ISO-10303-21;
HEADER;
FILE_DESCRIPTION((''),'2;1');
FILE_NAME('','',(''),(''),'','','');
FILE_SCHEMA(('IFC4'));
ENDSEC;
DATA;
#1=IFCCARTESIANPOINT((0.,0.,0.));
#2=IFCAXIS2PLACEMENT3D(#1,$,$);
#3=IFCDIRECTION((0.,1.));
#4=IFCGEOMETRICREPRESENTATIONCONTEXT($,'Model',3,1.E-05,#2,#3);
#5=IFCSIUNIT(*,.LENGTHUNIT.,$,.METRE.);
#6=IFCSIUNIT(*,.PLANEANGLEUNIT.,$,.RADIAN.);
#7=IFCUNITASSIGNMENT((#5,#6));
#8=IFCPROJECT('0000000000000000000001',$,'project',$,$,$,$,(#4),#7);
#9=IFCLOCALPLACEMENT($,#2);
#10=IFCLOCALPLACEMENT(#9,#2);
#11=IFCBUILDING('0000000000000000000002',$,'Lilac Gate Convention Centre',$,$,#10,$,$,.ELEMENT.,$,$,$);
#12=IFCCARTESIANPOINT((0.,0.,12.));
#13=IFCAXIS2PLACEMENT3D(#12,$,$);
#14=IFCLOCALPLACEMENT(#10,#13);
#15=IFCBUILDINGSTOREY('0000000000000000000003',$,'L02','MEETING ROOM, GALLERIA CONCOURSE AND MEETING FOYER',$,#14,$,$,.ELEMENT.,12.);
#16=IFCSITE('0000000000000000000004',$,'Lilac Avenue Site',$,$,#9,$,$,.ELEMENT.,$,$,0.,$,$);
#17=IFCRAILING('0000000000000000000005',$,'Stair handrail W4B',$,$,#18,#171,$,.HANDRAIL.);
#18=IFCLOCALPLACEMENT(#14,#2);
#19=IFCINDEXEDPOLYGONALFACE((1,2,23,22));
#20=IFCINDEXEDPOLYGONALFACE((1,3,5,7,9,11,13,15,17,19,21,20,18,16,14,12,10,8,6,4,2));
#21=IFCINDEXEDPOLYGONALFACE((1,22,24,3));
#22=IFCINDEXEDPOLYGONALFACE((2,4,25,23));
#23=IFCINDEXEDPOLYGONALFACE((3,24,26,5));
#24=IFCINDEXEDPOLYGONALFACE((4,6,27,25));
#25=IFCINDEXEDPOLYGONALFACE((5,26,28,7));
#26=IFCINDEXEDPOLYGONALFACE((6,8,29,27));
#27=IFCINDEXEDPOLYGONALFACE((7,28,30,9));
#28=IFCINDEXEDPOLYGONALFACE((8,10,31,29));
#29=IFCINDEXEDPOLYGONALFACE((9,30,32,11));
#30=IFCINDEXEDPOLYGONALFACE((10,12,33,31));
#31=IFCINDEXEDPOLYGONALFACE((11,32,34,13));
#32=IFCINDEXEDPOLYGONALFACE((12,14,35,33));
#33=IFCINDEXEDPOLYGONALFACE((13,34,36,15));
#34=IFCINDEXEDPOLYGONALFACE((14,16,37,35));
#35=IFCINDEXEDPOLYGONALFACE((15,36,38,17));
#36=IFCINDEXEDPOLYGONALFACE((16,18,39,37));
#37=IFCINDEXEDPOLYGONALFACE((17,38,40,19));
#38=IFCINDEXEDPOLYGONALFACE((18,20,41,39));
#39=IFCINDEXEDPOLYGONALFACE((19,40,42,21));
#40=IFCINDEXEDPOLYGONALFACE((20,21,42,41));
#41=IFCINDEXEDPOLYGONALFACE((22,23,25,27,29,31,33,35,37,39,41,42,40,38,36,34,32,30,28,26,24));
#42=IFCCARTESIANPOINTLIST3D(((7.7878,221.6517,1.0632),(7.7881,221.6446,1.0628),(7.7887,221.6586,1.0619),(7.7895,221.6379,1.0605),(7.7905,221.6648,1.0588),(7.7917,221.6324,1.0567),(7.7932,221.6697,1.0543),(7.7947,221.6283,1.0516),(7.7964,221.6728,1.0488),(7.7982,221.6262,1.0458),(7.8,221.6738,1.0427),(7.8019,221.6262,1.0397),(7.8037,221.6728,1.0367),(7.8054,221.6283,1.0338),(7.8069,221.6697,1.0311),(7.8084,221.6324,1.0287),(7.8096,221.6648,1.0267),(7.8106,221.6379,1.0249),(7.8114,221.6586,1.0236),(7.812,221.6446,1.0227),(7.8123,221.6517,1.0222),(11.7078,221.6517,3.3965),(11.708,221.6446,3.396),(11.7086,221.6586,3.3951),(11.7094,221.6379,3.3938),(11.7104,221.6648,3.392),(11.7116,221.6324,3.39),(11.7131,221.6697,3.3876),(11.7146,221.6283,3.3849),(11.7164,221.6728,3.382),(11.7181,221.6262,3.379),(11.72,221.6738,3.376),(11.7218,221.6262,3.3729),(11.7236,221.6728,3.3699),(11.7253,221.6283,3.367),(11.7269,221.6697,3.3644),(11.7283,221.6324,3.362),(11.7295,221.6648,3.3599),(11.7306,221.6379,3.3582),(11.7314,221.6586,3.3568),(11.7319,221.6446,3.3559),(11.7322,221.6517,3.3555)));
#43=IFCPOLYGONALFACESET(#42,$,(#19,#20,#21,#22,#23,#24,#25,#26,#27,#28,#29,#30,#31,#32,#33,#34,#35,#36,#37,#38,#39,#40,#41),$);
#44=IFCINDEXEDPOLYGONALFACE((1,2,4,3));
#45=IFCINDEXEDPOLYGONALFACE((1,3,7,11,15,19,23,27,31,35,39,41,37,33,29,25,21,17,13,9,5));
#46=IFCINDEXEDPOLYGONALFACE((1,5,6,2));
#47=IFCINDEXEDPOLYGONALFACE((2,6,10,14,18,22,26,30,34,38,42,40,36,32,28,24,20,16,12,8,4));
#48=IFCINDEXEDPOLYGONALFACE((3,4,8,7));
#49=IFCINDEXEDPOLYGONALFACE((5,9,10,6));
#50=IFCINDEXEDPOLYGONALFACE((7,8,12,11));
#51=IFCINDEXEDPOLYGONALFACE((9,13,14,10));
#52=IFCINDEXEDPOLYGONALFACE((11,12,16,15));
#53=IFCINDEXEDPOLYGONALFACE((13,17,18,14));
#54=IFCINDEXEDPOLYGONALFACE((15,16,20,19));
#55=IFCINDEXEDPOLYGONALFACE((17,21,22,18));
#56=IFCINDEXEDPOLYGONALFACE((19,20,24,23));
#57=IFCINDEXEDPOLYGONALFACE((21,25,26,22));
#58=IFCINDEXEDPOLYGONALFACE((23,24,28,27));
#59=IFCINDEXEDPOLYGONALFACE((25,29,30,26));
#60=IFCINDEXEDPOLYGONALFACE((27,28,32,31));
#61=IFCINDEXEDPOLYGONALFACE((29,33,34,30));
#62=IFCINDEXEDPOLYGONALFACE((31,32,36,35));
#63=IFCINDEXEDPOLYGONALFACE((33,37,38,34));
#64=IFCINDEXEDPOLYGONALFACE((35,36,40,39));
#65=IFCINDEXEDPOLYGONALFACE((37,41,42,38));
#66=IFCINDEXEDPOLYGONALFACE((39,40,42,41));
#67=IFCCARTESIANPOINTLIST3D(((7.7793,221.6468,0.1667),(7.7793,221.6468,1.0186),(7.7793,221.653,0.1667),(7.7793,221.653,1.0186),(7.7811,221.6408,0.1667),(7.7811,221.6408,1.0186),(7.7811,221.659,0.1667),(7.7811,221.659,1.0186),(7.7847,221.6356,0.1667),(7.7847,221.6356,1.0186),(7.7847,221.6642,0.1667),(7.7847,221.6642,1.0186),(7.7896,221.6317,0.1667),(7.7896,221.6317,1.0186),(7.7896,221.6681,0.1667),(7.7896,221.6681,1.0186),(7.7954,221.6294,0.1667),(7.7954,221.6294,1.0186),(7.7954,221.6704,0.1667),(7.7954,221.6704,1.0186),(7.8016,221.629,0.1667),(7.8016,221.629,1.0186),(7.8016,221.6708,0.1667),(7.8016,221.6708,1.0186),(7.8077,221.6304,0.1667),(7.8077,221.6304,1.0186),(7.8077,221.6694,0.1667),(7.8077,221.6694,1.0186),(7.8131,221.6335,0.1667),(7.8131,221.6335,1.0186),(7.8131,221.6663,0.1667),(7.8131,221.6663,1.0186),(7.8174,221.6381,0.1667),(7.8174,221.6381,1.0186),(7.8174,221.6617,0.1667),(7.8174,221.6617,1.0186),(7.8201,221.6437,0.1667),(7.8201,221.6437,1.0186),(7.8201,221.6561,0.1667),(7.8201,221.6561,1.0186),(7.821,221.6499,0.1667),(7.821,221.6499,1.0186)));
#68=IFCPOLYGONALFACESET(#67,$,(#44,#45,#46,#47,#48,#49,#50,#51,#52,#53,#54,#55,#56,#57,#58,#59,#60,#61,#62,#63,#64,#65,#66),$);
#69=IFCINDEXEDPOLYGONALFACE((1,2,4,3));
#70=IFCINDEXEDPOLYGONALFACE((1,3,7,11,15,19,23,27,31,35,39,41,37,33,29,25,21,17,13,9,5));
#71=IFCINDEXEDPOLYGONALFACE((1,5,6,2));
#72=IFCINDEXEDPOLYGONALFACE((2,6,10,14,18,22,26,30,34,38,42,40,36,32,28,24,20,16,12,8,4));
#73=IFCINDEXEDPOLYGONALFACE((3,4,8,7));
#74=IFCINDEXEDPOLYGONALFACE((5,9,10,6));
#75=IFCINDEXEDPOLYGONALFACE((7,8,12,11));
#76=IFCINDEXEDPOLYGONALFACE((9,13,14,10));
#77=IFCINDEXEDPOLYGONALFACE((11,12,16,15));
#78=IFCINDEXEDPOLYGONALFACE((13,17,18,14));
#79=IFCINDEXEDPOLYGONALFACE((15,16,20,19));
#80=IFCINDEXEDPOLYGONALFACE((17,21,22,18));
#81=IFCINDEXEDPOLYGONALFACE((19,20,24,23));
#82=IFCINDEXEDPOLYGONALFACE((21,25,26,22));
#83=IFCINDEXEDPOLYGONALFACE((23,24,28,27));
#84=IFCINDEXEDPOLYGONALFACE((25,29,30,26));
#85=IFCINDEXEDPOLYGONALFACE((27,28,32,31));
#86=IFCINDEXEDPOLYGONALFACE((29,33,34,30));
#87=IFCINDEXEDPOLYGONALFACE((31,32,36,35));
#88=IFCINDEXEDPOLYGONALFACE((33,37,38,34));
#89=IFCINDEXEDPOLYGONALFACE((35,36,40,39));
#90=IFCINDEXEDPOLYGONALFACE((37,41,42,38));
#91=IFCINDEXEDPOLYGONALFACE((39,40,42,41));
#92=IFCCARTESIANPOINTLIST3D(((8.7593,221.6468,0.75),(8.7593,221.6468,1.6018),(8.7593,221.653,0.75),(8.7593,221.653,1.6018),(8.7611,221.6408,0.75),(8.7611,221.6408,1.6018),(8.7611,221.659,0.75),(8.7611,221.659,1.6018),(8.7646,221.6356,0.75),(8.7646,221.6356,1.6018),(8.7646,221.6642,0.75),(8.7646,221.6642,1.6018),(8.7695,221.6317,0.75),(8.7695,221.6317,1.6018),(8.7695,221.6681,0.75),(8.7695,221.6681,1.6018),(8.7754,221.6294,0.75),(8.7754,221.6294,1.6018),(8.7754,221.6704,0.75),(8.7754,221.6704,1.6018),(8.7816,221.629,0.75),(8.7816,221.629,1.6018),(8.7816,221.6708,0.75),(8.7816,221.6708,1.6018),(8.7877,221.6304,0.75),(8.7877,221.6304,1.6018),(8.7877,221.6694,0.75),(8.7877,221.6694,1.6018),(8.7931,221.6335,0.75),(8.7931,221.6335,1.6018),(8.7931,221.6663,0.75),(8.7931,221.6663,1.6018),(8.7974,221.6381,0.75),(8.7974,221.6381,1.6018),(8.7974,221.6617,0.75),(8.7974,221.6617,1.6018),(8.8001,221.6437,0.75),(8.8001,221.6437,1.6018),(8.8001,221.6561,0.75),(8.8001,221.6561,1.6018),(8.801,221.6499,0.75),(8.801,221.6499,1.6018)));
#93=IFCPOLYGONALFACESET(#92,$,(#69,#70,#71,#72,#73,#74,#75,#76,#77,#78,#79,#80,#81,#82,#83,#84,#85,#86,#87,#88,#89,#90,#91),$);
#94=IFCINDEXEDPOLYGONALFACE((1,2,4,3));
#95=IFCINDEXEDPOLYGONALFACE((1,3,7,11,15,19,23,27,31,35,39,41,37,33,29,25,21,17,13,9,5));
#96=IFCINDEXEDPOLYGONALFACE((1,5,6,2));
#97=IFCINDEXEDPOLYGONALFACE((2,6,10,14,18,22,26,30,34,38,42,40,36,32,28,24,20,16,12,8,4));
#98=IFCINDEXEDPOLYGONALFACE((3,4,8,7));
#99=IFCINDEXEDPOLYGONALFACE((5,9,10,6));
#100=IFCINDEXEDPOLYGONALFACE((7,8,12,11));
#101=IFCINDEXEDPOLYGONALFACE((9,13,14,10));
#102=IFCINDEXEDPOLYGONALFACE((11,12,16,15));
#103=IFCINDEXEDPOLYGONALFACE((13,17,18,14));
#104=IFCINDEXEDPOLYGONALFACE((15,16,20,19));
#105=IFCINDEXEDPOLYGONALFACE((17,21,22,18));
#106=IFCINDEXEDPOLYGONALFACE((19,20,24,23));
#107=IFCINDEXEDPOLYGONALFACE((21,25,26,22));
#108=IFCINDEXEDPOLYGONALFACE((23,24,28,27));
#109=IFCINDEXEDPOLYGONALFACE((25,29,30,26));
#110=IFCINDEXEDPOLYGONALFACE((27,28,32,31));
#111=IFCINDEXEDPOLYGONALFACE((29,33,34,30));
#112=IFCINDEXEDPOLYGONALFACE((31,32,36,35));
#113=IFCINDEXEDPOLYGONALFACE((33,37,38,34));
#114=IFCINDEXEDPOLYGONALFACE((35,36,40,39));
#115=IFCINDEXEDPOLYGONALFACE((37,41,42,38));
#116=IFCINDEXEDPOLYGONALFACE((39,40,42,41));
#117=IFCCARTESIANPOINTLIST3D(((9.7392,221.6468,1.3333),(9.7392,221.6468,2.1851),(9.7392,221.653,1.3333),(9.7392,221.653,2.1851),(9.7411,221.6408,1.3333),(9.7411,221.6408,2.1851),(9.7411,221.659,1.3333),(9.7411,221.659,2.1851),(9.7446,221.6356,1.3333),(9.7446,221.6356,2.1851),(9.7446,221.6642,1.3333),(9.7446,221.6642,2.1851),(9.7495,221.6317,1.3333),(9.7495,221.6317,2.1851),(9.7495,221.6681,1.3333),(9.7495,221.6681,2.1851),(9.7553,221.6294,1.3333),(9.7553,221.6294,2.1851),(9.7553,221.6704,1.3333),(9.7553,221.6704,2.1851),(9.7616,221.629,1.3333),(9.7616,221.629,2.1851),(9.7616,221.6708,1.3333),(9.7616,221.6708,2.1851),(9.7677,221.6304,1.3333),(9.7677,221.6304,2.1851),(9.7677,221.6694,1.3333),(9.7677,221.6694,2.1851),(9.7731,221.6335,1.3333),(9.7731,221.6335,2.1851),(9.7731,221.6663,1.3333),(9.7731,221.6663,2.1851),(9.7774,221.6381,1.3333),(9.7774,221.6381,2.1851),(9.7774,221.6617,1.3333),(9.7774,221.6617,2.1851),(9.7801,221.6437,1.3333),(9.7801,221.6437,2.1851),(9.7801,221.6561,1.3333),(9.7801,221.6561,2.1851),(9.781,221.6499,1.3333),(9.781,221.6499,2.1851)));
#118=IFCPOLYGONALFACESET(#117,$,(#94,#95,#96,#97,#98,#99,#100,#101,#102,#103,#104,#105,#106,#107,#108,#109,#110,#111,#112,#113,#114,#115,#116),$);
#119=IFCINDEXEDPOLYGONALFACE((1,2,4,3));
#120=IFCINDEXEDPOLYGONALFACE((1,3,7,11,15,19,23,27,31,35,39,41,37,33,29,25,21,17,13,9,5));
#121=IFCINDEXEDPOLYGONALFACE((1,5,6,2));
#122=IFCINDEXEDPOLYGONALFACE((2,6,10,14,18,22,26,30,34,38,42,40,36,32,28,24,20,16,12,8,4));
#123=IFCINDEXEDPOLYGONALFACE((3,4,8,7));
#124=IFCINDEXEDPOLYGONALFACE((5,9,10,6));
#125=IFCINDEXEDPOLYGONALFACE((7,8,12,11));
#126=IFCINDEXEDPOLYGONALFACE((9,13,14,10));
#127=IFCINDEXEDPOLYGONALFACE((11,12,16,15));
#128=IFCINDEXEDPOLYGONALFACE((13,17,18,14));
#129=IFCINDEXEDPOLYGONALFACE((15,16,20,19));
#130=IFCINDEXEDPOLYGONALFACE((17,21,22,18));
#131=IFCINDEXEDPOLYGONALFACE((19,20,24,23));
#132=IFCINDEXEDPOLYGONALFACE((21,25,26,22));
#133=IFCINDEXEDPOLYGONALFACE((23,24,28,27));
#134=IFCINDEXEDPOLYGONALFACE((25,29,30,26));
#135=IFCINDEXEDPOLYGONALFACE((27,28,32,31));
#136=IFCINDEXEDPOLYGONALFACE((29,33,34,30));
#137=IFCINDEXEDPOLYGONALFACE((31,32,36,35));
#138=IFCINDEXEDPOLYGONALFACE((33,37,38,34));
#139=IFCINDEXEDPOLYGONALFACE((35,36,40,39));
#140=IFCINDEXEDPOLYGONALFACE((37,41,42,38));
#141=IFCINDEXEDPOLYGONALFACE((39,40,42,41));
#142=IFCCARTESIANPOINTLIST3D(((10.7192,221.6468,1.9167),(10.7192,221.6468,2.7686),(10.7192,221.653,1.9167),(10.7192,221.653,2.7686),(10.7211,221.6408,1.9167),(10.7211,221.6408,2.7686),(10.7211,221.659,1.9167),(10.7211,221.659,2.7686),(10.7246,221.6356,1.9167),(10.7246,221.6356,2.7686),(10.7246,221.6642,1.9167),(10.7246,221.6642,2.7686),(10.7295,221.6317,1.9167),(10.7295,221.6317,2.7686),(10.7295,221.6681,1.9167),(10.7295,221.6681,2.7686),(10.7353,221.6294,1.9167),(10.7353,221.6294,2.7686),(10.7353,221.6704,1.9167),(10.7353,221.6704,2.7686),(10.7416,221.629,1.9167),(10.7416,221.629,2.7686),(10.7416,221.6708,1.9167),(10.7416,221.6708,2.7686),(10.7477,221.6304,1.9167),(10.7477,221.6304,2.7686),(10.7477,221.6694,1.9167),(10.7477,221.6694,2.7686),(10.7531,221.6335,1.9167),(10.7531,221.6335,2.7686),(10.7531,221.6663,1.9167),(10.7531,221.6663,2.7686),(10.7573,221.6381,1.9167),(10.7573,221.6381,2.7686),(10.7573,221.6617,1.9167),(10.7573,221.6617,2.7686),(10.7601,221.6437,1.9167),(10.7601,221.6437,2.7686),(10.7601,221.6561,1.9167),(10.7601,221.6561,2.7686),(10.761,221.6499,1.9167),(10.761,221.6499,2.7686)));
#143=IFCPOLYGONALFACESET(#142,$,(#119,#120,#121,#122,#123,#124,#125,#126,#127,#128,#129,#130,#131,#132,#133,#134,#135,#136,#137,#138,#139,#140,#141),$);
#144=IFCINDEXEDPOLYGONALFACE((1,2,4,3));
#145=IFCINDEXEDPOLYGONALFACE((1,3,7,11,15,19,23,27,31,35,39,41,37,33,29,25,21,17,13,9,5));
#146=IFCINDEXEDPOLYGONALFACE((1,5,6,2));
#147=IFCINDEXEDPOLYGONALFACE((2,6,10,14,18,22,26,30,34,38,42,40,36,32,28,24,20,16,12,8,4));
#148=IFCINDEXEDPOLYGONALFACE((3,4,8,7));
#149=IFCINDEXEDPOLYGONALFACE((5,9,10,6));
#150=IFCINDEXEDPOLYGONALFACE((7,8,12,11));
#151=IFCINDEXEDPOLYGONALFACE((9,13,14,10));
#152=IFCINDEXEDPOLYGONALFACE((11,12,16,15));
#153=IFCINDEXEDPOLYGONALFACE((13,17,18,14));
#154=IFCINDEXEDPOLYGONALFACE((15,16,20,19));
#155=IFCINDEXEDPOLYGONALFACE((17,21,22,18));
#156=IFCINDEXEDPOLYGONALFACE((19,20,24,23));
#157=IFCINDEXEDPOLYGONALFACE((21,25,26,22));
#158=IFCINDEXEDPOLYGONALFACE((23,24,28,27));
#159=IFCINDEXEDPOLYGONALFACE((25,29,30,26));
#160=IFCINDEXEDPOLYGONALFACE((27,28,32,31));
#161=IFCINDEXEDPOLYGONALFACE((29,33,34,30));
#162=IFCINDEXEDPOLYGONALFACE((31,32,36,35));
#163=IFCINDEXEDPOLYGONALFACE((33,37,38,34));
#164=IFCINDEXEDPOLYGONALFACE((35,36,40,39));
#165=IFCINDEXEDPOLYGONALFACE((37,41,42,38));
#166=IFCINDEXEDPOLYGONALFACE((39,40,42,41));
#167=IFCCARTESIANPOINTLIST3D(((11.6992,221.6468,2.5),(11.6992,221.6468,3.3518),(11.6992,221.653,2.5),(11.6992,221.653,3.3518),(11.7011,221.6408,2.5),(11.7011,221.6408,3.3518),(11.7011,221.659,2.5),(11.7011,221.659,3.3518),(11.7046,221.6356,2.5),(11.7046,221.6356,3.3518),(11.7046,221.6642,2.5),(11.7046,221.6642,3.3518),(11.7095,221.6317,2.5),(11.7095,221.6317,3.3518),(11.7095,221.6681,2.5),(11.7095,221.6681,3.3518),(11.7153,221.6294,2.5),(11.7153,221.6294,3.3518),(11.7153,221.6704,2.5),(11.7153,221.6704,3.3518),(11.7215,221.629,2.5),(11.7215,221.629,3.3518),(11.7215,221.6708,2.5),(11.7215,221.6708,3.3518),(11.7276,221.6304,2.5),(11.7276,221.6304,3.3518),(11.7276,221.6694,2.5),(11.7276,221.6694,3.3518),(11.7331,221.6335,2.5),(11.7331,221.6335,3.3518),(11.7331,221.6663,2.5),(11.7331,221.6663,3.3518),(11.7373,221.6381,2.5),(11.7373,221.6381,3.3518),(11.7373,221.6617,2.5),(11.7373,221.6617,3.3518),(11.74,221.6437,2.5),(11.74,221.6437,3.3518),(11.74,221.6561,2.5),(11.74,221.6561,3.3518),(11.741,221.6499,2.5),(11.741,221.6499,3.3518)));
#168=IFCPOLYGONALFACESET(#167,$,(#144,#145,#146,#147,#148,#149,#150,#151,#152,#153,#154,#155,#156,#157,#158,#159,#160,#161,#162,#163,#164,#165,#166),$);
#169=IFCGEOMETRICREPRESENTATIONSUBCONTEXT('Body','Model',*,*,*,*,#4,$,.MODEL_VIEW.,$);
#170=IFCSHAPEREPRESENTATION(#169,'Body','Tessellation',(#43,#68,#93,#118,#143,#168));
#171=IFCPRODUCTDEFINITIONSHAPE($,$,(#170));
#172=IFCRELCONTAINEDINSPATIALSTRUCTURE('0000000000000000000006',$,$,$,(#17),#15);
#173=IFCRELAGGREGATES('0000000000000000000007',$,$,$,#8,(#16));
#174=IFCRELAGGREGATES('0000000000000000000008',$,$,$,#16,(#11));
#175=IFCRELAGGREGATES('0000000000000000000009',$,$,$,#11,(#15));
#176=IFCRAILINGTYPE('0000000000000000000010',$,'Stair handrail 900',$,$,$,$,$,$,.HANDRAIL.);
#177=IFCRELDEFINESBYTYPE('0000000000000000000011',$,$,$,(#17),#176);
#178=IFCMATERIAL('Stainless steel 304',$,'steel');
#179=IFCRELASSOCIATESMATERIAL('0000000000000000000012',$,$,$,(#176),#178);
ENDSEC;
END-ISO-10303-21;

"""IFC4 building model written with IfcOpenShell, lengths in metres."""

from ifc_helpers import new_model, si_unit, direction, frame, origin, origin_2d, place, context, subcontext, project, spatial, circle, extrude, material, type_object, element, save


model = new_model("IFC4")

# Units and contexts
model_context = context("Model", 3, precision=1e-05, world=origin(), true_north=direction((0.0, 1.0)))
body_context = subcontext(model_context, "Body", "Model", "MODEL_VIEW")
ifc_project = project(units=[si_unit("LENGTHUNIT", "METRE"), si_unit("PLANEANGLEUNIT", "RADIAN")], contexts=[model_context])

# Site, building, storey
site_placement = place(None, origin())
site = spatial("IfcSite", under=ifc_project, at=site_placement, Name="Lilac Avenue Site", CompositionType="ELEMENT", RefElevation=0.0)
building_placement = place(site_placement, origin())
building = spatial("IfcBuilding", under=site, at=building_placement, Name="Lilac Gate Convention Centre", CompositionType="ELEMENT")
storey_placement = place(building_placement, frame((0.0, 0.0, 12.0)))
storey = spatial("IfcBuildingStorey", under=building, at=storey_placement, Name="L02", Description="MEETING ROOM, GALLERIA CONCOURSE AND MEETING FOYER", CompositionType="ELEMENT", Elevation=12.0)

# Railing
ifc_material_1 = material(Name="Stainless steel 304", Category="steel")
railing_type = type_object("IfcRailingType", Name="Stair handrail 900", PredefinedType="HANDRAIL", material=ifc_material_1)
for number, where, name in (
    (1, (7.8, 221.6499, 0.1667), "Stair handrail W4B"),
):
    element("IfcRailing", number, at=place(storey_placement, frame(where)), inside=storey, type_object=railing_type, Name=name, PredefinedType="HANDRAIL", context=body_context, shape_type="SweptSolid", body=[
        extrude(circle(Radius=0.0239, at=origin_2d()), frame((0.0, 0.0, 0.876), z_axis=(0.859296, 0.0, 0.511478), x_axis=(0.0, 1.0, 0.0)), (0.0, 0.0, 1.0), 4.5618),
        extrude(circle(Radius=0.021, at=origin_2d()), origin(), (0.0, 0.0, 1.0), 0.8518),
        extrude(circle(Radius=0.021, at=origin_2d()), frame((0.98, 0.0, 0.5833)), (0.0, 0.0, 1.0), 0.8518),
        extrude(circle(Radius=0.021, at=origin_2d()), frame((1.96, 0.0, 1.1665)), (0.0, 0.0, 1.0), 0.8518),
        extrude(circle(Radius=0.021, at=origin_2d()), frame((2.9399, 0.0, 1.75)), (0.0, 0.0, 1.0), 0.8518),
        extrude(circle(Radius=0.021, at=origin_2d()), frame((3.9199, 0.0, 2.3333)), (0.0, 0.0, 1.0), 0.8518),
    ])

save(model, "model.ifc")
